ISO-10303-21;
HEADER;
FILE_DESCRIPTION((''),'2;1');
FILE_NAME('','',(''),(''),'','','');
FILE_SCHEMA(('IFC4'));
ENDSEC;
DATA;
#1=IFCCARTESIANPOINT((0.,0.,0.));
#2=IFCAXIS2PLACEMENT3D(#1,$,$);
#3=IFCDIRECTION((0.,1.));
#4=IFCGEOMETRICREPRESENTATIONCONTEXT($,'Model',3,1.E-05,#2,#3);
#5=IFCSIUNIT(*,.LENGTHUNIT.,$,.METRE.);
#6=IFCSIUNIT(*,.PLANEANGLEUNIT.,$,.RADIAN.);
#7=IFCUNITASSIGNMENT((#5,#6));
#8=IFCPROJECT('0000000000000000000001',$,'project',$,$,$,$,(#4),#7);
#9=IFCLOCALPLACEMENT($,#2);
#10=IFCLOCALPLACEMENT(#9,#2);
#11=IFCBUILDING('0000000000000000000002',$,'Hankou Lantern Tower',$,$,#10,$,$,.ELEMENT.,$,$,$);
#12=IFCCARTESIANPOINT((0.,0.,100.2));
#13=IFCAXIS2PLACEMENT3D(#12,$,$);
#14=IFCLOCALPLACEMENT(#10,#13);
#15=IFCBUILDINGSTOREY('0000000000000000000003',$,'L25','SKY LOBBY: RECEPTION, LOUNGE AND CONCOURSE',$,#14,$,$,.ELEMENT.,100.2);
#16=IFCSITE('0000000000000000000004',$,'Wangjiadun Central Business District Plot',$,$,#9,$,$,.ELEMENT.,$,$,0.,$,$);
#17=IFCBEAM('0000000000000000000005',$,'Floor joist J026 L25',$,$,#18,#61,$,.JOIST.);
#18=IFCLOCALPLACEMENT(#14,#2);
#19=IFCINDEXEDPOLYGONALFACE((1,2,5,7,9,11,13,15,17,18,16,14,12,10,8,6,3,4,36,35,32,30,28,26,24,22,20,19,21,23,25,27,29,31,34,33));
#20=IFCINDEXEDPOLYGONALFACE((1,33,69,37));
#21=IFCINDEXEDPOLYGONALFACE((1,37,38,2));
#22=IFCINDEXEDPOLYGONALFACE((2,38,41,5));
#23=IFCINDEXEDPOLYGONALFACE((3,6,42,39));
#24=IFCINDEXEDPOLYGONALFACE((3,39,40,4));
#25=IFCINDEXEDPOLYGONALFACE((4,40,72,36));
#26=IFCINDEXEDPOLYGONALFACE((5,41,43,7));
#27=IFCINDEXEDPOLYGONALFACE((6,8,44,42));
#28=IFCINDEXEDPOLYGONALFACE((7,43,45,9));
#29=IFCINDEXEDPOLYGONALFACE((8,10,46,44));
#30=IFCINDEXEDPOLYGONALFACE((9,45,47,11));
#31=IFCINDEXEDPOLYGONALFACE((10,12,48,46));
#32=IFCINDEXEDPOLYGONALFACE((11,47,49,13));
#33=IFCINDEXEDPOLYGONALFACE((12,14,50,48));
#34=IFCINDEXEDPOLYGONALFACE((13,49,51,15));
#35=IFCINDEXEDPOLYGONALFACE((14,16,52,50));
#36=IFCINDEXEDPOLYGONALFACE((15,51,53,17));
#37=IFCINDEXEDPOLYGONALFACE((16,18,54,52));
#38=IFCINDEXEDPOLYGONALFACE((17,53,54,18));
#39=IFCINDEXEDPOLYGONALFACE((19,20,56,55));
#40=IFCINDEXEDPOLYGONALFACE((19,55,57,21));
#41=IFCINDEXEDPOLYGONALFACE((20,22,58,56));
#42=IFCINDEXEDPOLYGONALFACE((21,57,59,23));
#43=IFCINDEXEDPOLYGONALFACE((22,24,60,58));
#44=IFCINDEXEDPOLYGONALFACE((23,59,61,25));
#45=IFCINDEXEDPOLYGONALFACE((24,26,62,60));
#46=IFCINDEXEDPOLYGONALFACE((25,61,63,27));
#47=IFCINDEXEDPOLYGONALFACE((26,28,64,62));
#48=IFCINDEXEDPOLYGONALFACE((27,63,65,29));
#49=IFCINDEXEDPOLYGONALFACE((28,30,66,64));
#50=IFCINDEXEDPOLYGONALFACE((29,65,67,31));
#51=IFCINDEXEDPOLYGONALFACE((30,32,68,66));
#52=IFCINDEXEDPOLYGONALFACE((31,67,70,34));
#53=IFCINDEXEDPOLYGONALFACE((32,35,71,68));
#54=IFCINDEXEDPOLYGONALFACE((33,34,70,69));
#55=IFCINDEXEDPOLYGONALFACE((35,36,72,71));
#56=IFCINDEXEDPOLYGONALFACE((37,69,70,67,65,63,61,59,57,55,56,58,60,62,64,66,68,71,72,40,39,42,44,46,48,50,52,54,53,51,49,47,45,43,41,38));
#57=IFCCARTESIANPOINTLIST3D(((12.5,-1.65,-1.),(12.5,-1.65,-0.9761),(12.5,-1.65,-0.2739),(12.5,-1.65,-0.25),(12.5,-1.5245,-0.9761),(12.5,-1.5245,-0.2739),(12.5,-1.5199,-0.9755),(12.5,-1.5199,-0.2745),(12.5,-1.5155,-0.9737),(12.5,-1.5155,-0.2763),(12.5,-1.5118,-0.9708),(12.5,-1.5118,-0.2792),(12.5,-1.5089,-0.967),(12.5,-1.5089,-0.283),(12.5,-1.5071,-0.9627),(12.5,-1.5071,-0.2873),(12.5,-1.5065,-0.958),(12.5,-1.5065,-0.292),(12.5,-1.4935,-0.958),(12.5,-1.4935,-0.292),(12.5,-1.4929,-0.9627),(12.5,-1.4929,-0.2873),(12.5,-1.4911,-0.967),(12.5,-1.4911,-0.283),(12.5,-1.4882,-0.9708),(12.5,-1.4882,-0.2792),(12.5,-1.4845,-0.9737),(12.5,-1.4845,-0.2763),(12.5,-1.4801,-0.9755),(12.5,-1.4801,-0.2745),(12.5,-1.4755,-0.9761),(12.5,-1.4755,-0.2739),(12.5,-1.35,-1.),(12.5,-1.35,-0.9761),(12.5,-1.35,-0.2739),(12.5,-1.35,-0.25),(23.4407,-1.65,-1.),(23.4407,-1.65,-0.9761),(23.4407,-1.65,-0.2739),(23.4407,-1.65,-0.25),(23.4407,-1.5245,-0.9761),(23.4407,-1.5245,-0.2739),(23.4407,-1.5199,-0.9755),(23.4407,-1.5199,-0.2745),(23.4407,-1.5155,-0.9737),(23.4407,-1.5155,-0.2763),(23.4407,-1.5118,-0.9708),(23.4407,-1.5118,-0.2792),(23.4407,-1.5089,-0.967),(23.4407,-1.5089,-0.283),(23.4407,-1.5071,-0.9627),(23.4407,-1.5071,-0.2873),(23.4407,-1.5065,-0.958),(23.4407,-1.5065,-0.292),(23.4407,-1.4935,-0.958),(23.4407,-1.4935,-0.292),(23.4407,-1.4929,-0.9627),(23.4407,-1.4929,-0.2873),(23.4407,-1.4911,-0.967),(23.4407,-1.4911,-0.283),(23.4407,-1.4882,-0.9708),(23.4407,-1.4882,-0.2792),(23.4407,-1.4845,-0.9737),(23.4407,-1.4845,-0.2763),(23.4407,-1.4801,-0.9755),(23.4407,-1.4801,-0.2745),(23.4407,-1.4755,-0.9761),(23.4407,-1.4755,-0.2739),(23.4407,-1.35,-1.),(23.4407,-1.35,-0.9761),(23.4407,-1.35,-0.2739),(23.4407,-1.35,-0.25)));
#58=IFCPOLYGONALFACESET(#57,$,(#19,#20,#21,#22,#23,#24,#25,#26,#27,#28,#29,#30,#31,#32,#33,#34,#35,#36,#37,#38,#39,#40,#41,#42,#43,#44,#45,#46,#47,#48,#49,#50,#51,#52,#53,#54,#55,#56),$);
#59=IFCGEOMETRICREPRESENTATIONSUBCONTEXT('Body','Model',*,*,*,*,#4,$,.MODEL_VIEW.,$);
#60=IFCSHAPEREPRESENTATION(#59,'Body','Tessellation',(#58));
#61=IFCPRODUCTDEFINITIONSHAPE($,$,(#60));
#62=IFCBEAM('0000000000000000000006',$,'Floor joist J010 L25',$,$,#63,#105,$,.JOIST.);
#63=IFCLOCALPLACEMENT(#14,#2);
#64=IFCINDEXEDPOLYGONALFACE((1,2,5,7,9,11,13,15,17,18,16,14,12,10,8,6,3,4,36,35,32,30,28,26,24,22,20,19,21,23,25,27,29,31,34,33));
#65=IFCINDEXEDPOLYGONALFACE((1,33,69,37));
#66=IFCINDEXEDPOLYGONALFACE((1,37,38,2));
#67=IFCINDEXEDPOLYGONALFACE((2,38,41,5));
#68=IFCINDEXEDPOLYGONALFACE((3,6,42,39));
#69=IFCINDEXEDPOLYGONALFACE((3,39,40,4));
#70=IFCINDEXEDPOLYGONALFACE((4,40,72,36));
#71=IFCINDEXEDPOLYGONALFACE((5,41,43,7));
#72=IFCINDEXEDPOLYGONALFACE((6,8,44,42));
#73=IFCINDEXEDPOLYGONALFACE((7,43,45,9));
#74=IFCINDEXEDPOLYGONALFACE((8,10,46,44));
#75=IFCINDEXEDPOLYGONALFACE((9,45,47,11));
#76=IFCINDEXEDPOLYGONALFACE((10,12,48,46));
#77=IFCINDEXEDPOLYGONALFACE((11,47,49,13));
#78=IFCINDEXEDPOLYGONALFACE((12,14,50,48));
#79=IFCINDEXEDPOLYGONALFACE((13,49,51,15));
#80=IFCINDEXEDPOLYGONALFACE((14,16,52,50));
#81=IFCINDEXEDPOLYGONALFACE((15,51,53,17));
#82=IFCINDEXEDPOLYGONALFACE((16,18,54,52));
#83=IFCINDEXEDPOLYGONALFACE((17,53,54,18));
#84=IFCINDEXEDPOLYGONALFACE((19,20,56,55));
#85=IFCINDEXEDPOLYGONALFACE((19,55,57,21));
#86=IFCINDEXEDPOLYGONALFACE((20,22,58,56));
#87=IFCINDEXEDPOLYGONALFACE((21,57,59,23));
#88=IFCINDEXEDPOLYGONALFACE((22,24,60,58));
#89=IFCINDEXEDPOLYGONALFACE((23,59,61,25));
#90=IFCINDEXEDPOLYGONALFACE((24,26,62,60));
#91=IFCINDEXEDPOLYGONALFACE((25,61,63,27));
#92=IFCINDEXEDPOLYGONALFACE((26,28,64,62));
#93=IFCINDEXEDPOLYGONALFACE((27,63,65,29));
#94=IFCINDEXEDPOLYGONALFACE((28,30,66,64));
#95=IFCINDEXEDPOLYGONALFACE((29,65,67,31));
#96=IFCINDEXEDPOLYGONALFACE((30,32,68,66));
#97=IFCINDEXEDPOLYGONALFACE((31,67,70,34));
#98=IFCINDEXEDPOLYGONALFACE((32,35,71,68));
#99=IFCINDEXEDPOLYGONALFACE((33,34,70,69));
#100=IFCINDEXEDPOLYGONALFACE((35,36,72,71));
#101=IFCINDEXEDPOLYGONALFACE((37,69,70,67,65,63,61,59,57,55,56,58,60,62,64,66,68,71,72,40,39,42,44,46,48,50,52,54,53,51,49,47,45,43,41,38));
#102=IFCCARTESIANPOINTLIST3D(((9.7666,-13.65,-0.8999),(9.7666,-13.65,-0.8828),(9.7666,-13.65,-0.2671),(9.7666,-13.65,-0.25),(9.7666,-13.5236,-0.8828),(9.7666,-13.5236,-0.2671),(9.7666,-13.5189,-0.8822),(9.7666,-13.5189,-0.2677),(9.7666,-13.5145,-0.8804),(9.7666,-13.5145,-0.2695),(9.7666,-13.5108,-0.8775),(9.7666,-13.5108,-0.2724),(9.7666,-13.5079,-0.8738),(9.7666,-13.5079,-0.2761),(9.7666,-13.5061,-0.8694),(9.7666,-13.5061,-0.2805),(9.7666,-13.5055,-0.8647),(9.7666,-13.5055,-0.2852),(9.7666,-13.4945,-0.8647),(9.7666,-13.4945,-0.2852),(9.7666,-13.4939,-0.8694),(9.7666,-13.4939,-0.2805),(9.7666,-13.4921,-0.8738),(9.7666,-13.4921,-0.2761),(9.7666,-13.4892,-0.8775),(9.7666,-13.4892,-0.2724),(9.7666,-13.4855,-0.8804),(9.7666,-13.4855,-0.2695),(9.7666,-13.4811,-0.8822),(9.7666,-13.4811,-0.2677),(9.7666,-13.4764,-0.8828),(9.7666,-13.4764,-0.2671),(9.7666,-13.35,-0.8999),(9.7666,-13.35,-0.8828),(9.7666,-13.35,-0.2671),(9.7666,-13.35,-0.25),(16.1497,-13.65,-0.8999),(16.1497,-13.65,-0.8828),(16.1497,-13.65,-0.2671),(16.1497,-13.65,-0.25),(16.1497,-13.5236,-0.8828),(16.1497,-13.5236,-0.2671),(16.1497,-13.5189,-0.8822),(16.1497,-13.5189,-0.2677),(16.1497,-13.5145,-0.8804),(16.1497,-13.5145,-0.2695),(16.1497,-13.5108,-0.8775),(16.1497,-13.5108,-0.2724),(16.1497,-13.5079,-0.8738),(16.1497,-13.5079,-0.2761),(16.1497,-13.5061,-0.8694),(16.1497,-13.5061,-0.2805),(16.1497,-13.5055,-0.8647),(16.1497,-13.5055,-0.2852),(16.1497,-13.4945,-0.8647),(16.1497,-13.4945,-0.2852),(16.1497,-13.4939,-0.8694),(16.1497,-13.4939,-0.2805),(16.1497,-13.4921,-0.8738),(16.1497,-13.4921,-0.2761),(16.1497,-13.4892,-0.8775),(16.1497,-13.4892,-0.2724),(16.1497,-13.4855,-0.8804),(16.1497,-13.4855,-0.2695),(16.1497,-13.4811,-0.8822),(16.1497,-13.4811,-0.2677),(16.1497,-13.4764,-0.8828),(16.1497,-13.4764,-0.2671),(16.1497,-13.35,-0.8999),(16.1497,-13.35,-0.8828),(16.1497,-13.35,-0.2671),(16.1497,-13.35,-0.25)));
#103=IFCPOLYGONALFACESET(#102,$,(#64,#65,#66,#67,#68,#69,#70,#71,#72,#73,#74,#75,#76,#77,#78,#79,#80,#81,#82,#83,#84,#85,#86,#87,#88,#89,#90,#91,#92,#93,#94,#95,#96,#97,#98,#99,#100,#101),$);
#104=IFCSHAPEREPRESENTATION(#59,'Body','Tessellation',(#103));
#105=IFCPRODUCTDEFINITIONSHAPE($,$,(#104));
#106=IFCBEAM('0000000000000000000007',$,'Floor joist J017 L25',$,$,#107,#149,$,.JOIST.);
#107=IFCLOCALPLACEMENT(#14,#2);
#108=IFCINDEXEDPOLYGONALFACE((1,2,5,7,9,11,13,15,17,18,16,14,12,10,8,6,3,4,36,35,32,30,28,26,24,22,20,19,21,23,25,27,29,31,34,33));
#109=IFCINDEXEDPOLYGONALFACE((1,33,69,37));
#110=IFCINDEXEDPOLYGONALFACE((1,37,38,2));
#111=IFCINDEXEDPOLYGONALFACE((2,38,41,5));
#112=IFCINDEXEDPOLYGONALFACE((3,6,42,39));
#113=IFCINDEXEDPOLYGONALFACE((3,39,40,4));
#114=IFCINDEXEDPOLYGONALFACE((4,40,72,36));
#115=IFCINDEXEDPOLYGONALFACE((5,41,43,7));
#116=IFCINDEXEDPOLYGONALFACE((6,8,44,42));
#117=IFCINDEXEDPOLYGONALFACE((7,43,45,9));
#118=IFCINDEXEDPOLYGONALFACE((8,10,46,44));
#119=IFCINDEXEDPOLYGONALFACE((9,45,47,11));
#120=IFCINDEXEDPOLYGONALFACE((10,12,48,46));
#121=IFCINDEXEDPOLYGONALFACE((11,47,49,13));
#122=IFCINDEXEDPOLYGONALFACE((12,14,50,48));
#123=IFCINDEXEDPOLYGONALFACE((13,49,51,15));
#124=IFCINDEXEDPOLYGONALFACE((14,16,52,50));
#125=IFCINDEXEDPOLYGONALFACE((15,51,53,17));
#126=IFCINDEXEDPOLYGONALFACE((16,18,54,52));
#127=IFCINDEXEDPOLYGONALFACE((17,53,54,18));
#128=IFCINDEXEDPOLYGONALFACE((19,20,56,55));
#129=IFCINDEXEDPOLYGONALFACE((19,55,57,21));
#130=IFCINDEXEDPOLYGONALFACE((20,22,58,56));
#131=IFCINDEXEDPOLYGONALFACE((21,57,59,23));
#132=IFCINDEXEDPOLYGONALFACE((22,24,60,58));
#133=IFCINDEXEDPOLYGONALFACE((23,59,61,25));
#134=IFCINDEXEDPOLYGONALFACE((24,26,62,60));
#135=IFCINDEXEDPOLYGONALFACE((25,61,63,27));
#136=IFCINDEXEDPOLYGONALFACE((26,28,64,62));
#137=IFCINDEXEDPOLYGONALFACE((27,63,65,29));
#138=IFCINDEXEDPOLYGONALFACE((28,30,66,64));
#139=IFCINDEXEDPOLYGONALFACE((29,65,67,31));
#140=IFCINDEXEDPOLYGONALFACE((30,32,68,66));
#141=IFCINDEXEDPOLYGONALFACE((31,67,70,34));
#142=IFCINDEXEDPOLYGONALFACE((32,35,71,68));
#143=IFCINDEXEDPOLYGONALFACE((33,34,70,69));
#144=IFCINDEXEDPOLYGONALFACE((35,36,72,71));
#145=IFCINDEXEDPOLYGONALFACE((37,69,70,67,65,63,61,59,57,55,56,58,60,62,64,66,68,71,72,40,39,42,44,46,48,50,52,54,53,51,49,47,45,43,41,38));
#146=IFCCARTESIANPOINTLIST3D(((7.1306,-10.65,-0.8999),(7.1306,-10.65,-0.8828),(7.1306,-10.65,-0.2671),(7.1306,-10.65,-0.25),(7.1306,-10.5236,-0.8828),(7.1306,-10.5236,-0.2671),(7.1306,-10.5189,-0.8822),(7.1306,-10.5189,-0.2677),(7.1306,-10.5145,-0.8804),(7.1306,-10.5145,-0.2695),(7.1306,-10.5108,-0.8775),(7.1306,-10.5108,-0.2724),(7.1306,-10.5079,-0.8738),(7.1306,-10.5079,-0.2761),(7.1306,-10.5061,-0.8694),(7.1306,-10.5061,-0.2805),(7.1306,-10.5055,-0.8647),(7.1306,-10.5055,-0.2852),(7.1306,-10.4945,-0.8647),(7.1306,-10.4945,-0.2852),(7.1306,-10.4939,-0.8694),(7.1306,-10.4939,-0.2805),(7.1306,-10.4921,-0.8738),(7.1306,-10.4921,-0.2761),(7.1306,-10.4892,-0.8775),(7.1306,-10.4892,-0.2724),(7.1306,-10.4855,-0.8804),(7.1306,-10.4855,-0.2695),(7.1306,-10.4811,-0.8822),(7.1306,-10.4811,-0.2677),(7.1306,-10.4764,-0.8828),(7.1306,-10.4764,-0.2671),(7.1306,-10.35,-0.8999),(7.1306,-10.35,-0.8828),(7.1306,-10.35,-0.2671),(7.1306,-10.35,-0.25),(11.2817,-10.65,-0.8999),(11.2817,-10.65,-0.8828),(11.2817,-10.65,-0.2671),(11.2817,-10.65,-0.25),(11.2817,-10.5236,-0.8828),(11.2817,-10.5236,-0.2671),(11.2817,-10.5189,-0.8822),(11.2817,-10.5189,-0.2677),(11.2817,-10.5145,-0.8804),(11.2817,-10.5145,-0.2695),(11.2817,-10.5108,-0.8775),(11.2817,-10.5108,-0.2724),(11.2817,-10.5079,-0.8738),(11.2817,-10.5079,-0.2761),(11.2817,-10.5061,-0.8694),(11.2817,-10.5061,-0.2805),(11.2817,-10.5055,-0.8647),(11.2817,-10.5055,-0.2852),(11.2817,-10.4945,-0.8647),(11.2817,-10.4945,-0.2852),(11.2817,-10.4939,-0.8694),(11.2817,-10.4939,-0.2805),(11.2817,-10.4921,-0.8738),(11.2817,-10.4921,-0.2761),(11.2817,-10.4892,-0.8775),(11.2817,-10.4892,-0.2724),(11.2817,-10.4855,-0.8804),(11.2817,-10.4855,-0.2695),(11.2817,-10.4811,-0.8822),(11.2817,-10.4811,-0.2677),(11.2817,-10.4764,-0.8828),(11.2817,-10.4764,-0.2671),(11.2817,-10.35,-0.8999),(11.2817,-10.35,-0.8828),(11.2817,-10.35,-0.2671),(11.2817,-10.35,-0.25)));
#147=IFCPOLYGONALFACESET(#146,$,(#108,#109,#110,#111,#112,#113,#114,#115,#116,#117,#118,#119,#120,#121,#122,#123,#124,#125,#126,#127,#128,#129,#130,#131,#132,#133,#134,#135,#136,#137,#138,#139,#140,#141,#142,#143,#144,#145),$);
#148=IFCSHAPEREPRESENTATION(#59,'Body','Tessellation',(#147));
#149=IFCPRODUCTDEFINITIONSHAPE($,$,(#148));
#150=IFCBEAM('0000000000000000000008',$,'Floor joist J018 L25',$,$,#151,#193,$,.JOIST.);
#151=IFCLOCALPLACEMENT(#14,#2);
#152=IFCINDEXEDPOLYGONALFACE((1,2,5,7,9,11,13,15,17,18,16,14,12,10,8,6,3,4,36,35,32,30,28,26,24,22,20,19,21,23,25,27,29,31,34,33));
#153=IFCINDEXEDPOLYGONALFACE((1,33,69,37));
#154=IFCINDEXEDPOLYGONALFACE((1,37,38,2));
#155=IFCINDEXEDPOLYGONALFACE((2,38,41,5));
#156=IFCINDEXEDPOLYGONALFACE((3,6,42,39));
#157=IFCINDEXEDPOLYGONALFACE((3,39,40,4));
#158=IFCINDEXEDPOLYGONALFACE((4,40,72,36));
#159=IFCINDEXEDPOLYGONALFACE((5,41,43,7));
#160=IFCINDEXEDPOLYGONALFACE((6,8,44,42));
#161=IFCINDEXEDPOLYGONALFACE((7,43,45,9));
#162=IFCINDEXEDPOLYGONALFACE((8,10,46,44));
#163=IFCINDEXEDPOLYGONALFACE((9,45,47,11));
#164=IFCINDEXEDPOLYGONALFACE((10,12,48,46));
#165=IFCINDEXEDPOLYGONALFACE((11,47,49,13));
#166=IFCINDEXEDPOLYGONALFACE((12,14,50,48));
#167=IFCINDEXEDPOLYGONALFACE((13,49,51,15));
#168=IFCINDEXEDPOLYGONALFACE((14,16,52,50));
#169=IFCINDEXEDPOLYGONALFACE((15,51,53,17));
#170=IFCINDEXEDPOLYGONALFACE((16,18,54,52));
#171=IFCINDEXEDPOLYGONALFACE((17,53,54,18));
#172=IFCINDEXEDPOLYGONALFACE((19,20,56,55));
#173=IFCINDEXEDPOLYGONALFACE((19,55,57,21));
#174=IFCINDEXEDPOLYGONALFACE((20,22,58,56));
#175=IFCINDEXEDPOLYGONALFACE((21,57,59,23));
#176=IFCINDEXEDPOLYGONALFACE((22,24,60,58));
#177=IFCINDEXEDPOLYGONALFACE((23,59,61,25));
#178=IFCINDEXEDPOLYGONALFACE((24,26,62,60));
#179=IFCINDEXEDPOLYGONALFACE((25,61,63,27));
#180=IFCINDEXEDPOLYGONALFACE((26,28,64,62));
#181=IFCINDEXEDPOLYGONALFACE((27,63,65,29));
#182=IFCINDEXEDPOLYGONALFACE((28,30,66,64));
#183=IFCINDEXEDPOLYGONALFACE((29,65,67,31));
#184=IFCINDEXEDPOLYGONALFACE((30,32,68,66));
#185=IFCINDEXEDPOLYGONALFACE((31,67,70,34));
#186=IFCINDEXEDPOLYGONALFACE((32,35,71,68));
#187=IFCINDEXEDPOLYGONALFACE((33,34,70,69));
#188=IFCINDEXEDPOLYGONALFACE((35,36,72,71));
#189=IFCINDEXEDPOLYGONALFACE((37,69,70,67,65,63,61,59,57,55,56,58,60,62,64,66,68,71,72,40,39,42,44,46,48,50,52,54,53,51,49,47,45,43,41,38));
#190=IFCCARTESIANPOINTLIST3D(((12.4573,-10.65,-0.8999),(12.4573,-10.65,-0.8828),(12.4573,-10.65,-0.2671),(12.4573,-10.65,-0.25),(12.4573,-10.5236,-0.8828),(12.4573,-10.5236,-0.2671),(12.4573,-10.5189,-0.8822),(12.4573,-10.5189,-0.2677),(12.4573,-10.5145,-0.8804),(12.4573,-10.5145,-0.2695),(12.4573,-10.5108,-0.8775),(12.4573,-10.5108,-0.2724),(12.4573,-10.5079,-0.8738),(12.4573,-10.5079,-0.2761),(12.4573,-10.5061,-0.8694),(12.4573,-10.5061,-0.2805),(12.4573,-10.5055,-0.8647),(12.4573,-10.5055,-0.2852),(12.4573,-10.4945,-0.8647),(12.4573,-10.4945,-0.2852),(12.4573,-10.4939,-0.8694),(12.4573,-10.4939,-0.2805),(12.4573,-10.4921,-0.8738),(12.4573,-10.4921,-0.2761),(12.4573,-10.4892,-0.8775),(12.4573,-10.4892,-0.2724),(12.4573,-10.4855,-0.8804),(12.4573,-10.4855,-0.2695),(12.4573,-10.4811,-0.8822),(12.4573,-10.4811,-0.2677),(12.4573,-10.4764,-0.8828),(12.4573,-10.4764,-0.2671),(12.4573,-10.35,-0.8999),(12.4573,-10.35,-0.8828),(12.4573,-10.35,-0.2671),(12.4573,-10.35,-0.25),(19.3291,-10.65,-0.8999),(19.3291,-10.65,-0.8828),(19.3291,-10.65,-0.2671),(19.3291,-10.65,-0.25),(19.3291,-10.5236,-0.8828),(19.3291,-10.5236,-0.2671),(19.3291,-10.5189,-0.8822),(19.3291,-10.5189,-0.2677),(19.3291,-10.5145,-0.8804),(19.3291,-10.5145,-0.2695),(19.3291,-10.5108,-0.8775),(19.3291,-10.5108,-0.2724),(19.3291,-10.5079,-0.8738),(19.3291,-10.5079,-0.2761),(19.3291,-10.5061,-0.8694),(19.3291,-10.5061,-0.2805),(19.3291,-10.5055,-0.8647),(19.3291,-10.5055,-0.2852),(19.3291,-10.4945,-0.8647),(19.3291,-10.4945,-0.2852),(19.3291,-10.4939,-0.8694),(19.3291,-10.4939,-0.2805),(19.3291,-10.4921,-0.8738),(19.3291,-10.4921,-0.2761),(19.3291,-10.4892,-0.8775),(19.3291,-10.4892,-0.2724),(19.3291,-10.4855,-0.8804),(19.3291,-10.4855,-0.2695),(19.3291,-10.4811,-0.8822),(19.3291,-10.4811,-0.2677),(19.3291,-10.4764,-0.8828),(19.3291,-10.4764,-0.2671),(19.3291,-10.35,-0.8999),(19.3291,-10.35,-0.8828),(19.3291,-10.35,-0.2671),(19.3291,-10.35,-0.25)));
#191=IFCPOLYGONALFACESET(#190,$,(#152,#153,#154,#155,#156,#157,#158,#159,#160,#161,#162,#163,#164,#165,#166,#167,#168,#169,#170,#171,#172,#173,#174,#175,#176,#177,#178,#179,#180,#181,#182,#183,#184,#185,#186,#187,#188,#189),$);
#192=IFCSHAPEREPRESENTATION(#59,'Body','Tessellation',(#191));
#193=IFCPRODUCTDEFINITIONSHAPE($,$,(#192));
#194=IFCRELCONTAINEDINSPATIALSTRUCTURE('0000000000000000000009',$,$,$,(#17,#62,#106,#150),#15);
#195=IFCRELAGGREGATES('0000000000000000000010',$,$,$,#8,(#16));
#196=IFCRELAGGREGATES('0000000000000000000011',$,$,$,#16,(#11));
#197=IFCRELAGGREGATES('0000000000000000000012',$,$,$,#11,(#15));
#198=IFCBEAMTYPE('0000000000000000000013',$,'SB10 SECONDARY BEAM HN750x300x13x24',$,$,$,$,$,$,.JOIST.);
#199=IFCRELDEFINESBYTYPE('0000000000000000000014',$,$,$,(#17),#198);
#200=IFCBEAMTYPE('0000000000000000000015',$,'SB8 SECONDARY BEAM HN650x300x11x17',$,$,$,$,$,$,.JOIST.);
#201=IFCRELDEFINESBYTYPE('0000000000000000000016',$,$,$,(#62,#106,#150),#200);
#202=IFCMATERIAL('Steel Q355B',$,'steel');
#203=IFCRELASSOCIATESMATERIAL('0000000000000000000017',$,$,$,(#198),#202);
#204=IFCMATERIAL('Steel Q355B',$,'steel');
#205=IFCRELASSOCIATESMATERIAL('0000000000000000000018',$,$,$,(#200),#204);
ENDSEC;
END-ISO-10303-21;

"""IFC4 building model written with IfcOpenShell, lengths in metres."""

from ifc_helpers import new_model, si_unit, direction, frame, origin, origin_2d, place, context, subcontext, project, spatial, i_section, extrude, material, material_profile, profile_set, type_object, element, save


model = new_model("IFC4")

# Units and contexts
model_context = context("Model", 3, precision=1e-05, world=origin(), true_north=direction((0.0, 1.0)))
body_context = subcontext(model_context, "Body", "Model", "MODEL_VIEW")
ifc_project = project(units=[si_unit("LENGTHUNIT", "METRE"), si_unit("PLANEANGLEUNIT", "RADIAN")], contexts=[model_context])

# Site, building, storey
site_placement = place(None, origin())
site = spatial("IfcSite", under=ifc_project, at=site_placement, Name="Wangjiadun Central Business District Plot", CompositionType="ELEMENT", RefElevation=0.0)
building_placement = place(site_placement, origin())
building = spatial("IfcBuilding", under=site, at=building_placement, Name="Hankou Lantern Tower", CompositionType="ELEMENT")
storey_placement = place(building_placement, frame((0.0, 0.0, 100.2)))
storey = spatial("IfcBuildingStorey", under=building, at=storey_placement, Name="L25", Description="SKY LOBBY: RECEPTION, LOUNGE AND CONCOURSE", CompositionType="ELEMENT", Elevation=100.2)

# Beams
ifc_material_1 = material(Name="Steel Q355B", Category="steel")
ifc_material_profile_1 = material_profile(ifc_material_1, i_section(OverallWidth=0.3, OverallDepth=0.75, WebThickness=0.0129, FlangeThickness=0.0239, FilletRadius=0.0181, at=origin_2d()), Name="HN750x300x13x24")
ifc_profile_set_1 = profile_set([ifc_material_profile_1], Name="Steel Q355B")
beam_type_1 = type_object("IfcBeamType", Name="SB10 SECONDARY BEAM HN750x300x13x24", PredefinedType="JOIST", material=ifc_profile_set_1)
beam_1_placement = place(storey_placement, frame((12.5, -1.5, -0.625), z_axis=(1.0, 0.0, 0.0), x_axis=(0.0, 1.0, 0.0)))
element("IfcBeam", 1, at=beam_1_placement, inside=storey, type_object=beam_type_1, Name="Floor joist J026 L25", PredefinedType="JOIST", context=body_context, shape_type="SweptSolid", body=[
    extrude(i_section(OverallWidth=0.3, OverallDepth=0.75, WebThickness=0.0129, FlangeThickness=0.0239, FilletRadius=0.0181, at=origin_2d()), origin(), (0.0, 0.0, 1.0), 10.9407),
])
ifc_material_2 = material(Name="Steel Q355B", Category="steel")
ifc_material_profile_2 = material_profile(ifc_material_2, i_section(OverallWidth=0.3, OverallDepth=0.6499, WebThickness=0.011, FlangeThickness=0.0171, FilletRadius=0.0181, at=origin_2d()), Name="HN650x300x11x17")
ifc_profile_set_2 = profile_set([ifc_material_profile_2], Name="Steel Q355B")
beam_type_2 = type_object("IfcBeamType", Name="SB8 SECONDARY BEAM HN650x300x11x17", PredefinedType="JOIST", material=ifc_profile_set_2)
beam_2_placement = place(storey_placement, frame((9.7666, -13.5, -0.575), z_axis=(1.0, 0.0, 0.0), x_axis=(0.0, 1.0, 0.0)))
element("IfcBeam", 2, at=beam_2_placement, inside=storey, type_object=beam_type_2, Name="Floor joist J010 L25", PredefinedType="JOIST", context=body_context, shape_type="SweptSolid", body=[
    extrude(i_section(OverallWidth=0.3, OverallDepth=0.6499, WebThickness=0.011, FlangeThickness=0.0171, FilletRadius=0.0181, at=origin_2d()), origin(), (0.0, 0.0, 1.0), 6.3831),
])
beam_3_placement = place(storey_placement, frame((7.1306, -10.5, -0.575), z_axis=(1.0, 0.0, 0.0), x_axis=(0.0, 1.0, 0.0)))
element("IfcBeam", 3, at=beam_3_placement, inside=storey, type_object=beam_type_2, Name="Floor joist J017 L25", PredefinedType="JOIST", context=body_context, shape_type="SweptSolid", body=[
    extrude(i_section(OverallWidth=0.3, OverallDepth=0.6499, WebThickness=0.011, FlangeThickness=0.0171, FilletRadius=0.0181, at=origin_2d()), origin(), (0.0, 0.0, 1.0), 4.1511),
])
beam_4_placement = place(storey_placement, frame((12.4573, -10.5, -0.575), z_axis=(1.0, 0.0, 0.0), x_axis=(0.0, 1.0, 0.0)))
element("IfcBeam", 4, at=beam_4_placement, inside=storey, type_object=beam_type_2, Name="Floor joist J018 L25", PredefinedType="JOIST", context=body_context, shape_type="SweptSolid", body=[
    extrude(i_section(OverallWidth=0.3, OverallDepth=0.6499, WebThickness=0.011, FlangeThickness=0.0171, FilletRadius=0.0181, at=origin_2d()), origin(), (0.0, 0.0, 1.0), 6.8718),
])

save(model, "model.ifc")
